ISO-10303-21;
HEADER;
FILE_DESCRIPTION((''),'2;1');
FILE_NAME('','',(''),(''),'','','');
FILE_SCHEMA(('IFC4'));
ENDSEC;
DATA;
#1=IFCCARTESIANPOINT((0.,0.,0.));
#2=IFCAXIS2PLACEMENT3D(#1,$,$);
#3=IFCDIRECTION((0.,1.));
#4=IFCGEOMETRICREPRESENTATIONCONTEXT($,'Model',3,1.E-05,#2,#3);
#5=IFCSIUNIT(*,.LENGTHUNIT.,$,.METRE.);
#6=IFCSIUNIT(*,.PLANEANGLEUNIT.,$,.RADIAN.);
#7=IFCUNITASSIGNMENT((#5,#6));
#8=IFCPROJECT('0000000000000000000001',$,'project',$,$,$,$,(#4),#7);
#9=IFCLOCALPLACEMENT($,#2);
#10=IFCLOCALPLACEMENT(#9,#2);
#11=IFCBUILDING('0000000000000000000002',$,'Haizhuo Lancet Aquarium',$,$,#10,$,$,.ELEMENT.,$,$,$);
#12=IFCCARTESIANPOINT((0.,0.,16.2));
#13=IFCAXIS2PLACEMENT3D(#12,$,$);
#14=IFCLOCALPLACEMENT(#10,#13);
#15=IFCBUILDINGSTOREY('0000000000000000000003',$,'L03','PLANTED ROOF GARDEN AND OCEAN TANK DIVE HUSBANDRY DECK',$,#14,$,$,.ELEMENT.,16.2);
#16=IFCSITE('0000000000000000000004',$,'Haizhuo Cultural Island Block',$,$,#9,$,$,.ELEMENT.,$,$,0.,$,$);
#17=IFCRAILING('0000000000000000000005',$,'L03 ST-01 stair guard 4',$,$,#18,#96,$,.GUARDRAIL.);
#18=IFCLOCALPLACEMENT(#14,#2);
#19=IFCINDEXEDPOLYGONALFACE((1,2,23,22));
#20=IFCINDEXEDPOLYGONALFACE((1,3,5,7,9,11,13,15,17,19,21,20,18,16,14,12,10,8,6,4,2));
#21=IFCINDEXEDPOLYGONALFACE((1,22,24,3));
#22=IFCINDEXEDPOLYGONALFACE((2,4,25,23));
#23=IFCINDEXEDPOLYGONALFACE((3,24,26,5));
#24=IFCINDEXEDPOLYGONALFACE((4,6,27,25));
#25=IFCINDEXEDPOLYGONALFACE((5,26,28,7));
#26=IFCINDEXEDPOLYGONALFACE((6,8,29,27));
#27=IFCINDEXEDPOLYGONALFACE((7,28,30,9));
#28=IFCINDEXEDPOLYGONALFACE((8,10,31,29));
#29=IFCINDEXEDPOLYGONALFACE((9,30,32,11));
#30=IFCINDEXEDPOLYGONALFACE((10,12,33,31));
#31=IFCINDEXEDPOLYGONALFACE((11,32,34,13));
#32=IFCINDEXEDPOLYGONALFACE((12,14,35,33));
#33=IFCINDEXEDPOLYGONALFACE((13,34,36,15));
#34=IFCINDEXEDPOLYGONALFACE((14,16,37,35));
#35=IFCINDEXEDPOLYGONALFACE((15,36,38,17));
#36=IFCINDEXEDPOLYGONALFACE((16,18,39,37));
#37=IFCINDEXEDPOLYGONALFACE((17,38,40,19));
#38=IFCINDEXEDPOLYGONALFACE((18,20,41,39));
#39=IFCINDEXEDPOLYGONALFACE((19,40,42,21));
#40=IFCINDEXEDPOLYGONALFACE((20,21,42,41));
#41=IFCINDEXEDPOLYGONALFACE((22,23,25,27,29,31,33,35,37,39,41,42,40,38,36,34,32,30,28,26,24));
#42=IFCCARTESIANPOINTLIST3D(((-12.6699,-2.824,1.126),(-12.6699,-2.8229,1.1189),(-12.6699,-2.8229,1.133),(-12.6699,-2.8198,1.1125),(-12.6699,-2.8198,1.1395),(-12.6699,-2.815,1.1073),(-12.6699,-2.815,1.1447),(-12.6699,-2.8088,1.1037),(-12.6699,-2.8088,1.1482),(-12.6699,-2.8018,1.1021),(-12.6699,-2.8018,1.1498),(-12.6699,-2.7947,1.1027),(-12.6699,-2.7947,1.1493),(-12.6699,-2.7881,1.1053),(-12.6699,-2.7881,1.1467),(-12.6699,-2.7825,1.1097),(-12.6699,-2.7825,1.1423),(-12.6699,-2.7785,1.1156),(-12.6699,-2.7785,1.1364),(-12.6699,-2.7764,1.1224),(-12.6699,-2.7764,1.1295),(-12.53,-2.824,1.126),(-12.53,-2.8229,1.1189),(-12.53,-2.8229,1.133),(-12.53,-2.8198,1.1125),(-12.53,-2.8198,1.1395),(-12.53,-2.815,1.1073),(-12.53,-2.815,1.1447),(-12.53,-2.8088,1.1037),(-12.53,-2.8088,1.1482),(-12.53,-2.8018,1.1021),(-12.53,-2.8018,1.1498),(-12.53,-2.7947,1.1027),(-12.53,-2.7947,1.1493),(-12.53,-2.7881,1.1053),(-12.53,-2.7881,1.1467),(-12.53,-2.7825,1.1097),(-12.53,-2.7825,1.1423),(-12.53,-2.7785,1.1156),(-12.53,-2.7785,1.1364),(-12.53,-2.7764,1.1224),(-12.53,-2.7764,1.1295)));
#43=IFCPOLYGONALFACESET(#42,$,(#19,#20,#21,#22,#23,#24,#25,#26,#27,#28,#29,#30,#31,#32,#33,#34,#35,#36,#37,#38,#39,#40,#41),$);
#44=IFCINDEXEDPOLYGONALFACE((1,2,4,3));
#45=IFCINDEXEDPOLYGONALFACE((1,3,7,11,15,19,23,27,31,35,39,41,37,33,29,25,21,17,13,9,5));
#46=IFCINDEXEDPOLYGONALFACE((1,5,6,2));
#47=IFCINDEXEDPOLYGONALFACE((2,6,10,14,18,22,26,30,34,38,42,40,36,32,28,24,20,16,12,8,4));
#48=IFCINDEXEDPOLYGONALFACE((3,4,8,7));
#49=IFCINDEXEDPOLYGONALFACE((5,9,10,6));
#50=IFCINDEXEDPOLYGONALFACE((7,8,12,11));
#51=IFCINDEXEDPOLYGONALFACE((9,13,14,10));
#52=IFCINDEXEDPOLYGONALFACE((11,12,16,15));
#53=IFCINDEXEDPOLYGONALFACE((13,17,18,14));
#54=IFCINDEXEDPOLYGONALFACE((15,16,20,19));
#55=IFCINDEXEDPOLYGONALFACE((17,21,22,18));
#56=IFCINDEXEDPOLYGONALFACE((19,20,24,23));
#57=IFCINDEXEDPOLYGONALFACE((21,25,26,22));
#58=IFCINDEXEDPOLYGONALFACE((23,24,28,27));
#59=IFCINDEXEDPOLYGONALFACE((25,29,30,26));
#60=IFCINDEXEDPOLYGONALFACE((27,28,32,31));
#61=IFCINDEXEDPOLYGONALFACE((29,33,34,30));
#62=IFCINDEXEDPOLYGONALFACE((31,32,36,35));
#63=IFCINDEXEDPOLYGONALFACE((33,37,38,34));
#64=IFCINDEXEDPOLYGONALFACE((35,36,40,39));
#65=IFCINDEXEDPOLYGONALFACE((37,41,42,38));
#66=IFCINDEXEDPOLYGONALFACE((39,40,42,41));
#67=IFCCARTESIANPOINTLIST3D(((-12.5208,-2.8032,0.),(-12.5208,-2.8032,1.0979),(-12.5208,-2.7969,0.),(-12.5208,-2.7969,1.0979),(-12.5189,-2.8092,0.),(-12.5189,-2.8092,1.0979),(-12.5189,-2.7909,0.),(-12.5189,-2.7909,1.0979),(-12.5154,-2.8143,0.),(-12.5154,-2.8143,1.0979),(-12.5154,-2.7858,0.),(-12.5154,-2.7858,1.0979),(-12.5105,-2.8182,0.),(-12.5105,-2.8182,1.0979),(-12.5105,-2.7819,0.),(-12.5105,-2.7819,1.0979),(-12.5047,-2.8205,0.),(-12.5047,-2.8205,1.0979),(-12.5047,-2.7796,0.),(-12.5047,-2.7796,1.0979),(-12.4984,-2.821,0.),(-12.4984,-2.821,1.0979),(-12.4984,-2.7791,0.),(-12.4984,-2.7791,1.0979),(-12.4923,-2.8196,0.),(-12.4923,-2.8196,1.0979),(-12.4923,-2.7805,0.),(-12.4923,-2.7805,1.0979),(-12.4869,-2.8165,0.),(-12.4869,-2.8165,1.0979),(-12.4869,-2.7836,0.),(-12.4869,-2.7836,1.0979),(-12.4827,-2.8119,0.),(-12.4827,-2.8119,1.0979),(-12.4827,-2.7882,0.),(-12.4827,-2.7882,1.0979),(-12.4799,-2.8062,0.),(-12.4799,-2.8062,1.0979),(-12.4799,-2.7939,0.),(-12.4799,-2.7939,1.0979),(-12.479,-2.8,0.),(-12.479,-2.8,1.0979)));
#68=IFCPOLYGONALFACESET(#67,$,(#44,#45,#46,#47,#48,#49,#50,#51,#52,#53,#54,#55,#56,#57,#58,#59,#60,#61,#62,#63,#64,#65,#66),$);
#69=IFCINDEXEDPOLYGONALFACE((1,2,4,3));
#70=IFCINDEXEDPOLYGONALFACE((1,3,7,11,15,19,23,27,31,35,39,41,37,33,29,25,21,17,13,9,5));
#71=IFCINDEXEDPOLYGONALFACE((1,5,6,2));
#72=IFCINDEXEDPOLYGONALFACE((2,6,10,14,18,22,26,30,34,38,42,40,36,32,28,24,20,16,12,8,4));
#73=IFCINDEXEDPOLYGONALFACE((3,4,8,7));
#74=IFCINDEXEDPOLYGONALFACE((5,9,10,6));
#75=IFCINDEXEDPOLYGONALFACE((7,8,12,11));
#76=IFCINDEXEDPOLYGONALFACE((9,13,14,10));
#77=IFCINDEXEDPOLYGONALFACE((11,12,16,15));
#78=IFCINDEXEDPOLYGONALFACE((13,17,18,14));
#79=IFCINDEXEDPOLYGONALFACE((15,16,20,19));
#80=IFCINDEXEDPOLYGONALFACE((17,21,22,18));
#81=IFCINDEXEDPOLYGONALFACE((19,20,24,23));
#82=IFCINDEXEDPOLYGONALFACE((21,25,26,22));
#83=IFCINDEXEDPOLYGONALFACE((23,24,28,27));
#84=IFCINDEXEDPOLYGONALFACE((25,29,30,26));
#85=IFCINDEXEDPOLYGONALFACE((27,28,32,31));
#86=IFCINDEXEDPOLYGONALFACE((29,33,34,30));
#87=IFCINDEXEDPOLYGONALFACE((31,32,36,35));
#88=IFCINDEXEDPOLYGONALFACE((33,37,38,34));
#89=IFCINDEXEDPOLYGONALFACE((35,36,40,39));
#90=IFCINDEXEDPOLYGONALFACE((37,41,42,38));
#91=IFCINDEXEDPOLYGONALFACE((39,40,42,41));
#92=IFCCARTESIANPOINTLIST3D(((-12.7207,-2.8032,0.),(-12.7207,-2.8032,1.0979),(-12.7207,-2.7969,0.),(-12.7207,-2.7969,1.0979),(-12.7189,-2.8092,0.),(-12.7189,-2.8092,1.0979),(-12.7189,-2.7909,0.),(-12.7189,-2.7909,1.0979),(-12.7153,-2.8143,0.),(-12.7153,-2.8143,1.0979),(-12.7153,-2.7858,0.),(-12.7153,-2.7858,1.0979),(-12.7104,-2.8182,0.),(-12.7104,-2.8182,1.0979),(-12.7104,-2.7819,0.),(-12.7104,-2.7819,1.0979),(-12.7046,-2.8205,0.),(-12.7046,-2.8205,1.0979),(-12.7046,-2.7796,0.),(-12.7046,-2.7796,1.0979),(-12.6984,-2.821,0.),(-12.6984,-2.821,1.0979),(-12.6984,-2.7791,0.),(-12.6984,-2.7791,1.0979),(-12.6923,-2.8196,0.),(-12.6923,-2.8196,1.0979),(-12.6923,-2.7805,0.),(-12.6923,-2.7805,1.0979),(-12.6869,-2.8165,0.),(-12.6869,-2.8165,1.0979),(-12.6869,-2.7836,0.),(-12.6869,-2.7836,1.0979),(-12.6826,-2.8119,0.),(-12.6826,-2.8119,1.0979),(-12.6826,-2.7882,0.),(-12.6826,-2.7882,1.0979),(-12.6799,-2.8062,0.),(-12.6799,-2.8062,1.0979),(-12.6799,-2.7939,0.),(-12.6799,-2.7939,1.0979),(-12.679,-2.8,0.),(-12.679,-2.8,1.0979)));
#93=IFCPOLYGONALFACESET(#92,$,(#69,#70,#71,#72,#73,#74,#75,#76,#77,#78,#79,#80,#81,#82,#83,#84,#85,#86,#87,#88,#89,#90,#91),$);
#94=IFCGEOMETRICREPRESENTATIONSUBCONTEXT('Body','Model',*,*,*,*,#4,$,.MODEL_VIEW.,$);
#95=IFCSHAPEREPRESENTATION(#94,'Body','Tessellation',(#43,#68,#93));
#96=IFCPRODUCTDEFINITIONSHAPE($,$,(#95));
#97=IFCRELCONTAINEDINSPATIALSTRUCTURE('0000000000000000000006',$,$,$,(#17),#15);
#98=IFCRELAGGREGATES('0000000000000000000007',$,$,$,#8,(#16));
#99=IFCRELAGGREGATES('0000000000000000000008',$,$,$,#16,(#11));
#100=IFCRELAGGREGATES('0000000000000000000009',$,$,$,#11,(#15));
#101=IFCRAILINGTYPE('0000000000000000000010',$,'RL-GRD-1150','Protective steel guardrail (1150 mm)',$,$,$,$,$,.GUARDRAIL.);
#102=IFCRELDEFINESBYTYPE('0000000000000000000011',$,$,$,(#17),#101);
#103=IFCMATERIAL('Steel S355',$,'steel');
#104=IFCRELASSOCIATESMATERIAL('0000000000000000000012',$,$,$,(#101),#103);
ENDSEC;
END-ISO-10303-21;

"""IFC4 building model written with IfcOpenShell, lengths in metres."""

from ifc_helpers import new_model, si_unit, direction, frame, origin, origin_2d, place, context, subcontext, project, spatial, circle, extrude, material, type_object, element, save


model = new_model("IFC4")

# Units and contexts
model_context = context("Model", 3, precision=1e-05, world=origin(), true_north=direction((0.0, 1.0)))
body_context = subcontext(model_context, "Body", "Model", "MODEL_VIEW")
ifc_project = project(units=[si_unit("LENGTHUNIT", "METRE"), si_unit("PLANEANGLEUNIT", "RADIAN")], contexts=[model_context])

# Site, building, storey
site_placement = place(None, origin())
site = spatial("IfcSite", under=ifc_project, at=site_placement, Name="Haizhuo Cultural Island Block", CompositionType="ELEMENT", RefElevation=0.0)
building_placement = place(site_placement, origin())
building = spatial("IfcBuilding", under=site, at=building_placement, Name="Haizhuo Lancet Aquarium", CompositionType="ELEMENT")
storey_placement = place(building_placement, frame((0.0, 0.0, 16.2)))
storey = spatial("IfcBuildingStorey", under=building, at=storey_placement, Name="L03", Description="PLANTED ROOF GARDEN AND OCEAN TANK DIVE HUSBANDRY DECK", CompositionType="ELEMENT", Elevation=16.2)

# Shared definitions
ifc_material_1 = material(Name="Steel S355", Category="steel")

# Railing
railing_type_1 = type_object("IfcRailingType", Name="RL-GRD-1150", Description="Protective steel guardrail (1150 mm)", PredefinedType="GUARDRAIL", material=ifc_material_1)
railing_1_placement = place(storey_placement, frame((-12.5, -2.8, 0.0)))
element("IfcRailing", 1, at=railing_1_placement, inside=storey, type_object=railing_type_1, Name="L03 ST-01 stair guard 4", PredefinedType="GUARDRAIL", context=body_context, shape_type="SweptSolid", body=[
    extrude(circle(Radius=0.0239, at=origin_2d()), frame((-0.03, 0.0, 1.126), z_axis=(-1.0, 0.0, 0.0), x_axis=(0.0, -1.0, 0.0)), (0.0, 0.0, 1.0), 0.1399),
    extrude(circle(Radius=0.021, at=origin_2d()), origin(), (0.0, 0.0, 1.0), 1.0979),
    extrude(circle(Radius=0.021, at=origin_2d()), frame((-0.2, 0.0, 0.0)), (0.0, 0.0, 1.0), 1.0979),
])

save(model, "model.ifc")
